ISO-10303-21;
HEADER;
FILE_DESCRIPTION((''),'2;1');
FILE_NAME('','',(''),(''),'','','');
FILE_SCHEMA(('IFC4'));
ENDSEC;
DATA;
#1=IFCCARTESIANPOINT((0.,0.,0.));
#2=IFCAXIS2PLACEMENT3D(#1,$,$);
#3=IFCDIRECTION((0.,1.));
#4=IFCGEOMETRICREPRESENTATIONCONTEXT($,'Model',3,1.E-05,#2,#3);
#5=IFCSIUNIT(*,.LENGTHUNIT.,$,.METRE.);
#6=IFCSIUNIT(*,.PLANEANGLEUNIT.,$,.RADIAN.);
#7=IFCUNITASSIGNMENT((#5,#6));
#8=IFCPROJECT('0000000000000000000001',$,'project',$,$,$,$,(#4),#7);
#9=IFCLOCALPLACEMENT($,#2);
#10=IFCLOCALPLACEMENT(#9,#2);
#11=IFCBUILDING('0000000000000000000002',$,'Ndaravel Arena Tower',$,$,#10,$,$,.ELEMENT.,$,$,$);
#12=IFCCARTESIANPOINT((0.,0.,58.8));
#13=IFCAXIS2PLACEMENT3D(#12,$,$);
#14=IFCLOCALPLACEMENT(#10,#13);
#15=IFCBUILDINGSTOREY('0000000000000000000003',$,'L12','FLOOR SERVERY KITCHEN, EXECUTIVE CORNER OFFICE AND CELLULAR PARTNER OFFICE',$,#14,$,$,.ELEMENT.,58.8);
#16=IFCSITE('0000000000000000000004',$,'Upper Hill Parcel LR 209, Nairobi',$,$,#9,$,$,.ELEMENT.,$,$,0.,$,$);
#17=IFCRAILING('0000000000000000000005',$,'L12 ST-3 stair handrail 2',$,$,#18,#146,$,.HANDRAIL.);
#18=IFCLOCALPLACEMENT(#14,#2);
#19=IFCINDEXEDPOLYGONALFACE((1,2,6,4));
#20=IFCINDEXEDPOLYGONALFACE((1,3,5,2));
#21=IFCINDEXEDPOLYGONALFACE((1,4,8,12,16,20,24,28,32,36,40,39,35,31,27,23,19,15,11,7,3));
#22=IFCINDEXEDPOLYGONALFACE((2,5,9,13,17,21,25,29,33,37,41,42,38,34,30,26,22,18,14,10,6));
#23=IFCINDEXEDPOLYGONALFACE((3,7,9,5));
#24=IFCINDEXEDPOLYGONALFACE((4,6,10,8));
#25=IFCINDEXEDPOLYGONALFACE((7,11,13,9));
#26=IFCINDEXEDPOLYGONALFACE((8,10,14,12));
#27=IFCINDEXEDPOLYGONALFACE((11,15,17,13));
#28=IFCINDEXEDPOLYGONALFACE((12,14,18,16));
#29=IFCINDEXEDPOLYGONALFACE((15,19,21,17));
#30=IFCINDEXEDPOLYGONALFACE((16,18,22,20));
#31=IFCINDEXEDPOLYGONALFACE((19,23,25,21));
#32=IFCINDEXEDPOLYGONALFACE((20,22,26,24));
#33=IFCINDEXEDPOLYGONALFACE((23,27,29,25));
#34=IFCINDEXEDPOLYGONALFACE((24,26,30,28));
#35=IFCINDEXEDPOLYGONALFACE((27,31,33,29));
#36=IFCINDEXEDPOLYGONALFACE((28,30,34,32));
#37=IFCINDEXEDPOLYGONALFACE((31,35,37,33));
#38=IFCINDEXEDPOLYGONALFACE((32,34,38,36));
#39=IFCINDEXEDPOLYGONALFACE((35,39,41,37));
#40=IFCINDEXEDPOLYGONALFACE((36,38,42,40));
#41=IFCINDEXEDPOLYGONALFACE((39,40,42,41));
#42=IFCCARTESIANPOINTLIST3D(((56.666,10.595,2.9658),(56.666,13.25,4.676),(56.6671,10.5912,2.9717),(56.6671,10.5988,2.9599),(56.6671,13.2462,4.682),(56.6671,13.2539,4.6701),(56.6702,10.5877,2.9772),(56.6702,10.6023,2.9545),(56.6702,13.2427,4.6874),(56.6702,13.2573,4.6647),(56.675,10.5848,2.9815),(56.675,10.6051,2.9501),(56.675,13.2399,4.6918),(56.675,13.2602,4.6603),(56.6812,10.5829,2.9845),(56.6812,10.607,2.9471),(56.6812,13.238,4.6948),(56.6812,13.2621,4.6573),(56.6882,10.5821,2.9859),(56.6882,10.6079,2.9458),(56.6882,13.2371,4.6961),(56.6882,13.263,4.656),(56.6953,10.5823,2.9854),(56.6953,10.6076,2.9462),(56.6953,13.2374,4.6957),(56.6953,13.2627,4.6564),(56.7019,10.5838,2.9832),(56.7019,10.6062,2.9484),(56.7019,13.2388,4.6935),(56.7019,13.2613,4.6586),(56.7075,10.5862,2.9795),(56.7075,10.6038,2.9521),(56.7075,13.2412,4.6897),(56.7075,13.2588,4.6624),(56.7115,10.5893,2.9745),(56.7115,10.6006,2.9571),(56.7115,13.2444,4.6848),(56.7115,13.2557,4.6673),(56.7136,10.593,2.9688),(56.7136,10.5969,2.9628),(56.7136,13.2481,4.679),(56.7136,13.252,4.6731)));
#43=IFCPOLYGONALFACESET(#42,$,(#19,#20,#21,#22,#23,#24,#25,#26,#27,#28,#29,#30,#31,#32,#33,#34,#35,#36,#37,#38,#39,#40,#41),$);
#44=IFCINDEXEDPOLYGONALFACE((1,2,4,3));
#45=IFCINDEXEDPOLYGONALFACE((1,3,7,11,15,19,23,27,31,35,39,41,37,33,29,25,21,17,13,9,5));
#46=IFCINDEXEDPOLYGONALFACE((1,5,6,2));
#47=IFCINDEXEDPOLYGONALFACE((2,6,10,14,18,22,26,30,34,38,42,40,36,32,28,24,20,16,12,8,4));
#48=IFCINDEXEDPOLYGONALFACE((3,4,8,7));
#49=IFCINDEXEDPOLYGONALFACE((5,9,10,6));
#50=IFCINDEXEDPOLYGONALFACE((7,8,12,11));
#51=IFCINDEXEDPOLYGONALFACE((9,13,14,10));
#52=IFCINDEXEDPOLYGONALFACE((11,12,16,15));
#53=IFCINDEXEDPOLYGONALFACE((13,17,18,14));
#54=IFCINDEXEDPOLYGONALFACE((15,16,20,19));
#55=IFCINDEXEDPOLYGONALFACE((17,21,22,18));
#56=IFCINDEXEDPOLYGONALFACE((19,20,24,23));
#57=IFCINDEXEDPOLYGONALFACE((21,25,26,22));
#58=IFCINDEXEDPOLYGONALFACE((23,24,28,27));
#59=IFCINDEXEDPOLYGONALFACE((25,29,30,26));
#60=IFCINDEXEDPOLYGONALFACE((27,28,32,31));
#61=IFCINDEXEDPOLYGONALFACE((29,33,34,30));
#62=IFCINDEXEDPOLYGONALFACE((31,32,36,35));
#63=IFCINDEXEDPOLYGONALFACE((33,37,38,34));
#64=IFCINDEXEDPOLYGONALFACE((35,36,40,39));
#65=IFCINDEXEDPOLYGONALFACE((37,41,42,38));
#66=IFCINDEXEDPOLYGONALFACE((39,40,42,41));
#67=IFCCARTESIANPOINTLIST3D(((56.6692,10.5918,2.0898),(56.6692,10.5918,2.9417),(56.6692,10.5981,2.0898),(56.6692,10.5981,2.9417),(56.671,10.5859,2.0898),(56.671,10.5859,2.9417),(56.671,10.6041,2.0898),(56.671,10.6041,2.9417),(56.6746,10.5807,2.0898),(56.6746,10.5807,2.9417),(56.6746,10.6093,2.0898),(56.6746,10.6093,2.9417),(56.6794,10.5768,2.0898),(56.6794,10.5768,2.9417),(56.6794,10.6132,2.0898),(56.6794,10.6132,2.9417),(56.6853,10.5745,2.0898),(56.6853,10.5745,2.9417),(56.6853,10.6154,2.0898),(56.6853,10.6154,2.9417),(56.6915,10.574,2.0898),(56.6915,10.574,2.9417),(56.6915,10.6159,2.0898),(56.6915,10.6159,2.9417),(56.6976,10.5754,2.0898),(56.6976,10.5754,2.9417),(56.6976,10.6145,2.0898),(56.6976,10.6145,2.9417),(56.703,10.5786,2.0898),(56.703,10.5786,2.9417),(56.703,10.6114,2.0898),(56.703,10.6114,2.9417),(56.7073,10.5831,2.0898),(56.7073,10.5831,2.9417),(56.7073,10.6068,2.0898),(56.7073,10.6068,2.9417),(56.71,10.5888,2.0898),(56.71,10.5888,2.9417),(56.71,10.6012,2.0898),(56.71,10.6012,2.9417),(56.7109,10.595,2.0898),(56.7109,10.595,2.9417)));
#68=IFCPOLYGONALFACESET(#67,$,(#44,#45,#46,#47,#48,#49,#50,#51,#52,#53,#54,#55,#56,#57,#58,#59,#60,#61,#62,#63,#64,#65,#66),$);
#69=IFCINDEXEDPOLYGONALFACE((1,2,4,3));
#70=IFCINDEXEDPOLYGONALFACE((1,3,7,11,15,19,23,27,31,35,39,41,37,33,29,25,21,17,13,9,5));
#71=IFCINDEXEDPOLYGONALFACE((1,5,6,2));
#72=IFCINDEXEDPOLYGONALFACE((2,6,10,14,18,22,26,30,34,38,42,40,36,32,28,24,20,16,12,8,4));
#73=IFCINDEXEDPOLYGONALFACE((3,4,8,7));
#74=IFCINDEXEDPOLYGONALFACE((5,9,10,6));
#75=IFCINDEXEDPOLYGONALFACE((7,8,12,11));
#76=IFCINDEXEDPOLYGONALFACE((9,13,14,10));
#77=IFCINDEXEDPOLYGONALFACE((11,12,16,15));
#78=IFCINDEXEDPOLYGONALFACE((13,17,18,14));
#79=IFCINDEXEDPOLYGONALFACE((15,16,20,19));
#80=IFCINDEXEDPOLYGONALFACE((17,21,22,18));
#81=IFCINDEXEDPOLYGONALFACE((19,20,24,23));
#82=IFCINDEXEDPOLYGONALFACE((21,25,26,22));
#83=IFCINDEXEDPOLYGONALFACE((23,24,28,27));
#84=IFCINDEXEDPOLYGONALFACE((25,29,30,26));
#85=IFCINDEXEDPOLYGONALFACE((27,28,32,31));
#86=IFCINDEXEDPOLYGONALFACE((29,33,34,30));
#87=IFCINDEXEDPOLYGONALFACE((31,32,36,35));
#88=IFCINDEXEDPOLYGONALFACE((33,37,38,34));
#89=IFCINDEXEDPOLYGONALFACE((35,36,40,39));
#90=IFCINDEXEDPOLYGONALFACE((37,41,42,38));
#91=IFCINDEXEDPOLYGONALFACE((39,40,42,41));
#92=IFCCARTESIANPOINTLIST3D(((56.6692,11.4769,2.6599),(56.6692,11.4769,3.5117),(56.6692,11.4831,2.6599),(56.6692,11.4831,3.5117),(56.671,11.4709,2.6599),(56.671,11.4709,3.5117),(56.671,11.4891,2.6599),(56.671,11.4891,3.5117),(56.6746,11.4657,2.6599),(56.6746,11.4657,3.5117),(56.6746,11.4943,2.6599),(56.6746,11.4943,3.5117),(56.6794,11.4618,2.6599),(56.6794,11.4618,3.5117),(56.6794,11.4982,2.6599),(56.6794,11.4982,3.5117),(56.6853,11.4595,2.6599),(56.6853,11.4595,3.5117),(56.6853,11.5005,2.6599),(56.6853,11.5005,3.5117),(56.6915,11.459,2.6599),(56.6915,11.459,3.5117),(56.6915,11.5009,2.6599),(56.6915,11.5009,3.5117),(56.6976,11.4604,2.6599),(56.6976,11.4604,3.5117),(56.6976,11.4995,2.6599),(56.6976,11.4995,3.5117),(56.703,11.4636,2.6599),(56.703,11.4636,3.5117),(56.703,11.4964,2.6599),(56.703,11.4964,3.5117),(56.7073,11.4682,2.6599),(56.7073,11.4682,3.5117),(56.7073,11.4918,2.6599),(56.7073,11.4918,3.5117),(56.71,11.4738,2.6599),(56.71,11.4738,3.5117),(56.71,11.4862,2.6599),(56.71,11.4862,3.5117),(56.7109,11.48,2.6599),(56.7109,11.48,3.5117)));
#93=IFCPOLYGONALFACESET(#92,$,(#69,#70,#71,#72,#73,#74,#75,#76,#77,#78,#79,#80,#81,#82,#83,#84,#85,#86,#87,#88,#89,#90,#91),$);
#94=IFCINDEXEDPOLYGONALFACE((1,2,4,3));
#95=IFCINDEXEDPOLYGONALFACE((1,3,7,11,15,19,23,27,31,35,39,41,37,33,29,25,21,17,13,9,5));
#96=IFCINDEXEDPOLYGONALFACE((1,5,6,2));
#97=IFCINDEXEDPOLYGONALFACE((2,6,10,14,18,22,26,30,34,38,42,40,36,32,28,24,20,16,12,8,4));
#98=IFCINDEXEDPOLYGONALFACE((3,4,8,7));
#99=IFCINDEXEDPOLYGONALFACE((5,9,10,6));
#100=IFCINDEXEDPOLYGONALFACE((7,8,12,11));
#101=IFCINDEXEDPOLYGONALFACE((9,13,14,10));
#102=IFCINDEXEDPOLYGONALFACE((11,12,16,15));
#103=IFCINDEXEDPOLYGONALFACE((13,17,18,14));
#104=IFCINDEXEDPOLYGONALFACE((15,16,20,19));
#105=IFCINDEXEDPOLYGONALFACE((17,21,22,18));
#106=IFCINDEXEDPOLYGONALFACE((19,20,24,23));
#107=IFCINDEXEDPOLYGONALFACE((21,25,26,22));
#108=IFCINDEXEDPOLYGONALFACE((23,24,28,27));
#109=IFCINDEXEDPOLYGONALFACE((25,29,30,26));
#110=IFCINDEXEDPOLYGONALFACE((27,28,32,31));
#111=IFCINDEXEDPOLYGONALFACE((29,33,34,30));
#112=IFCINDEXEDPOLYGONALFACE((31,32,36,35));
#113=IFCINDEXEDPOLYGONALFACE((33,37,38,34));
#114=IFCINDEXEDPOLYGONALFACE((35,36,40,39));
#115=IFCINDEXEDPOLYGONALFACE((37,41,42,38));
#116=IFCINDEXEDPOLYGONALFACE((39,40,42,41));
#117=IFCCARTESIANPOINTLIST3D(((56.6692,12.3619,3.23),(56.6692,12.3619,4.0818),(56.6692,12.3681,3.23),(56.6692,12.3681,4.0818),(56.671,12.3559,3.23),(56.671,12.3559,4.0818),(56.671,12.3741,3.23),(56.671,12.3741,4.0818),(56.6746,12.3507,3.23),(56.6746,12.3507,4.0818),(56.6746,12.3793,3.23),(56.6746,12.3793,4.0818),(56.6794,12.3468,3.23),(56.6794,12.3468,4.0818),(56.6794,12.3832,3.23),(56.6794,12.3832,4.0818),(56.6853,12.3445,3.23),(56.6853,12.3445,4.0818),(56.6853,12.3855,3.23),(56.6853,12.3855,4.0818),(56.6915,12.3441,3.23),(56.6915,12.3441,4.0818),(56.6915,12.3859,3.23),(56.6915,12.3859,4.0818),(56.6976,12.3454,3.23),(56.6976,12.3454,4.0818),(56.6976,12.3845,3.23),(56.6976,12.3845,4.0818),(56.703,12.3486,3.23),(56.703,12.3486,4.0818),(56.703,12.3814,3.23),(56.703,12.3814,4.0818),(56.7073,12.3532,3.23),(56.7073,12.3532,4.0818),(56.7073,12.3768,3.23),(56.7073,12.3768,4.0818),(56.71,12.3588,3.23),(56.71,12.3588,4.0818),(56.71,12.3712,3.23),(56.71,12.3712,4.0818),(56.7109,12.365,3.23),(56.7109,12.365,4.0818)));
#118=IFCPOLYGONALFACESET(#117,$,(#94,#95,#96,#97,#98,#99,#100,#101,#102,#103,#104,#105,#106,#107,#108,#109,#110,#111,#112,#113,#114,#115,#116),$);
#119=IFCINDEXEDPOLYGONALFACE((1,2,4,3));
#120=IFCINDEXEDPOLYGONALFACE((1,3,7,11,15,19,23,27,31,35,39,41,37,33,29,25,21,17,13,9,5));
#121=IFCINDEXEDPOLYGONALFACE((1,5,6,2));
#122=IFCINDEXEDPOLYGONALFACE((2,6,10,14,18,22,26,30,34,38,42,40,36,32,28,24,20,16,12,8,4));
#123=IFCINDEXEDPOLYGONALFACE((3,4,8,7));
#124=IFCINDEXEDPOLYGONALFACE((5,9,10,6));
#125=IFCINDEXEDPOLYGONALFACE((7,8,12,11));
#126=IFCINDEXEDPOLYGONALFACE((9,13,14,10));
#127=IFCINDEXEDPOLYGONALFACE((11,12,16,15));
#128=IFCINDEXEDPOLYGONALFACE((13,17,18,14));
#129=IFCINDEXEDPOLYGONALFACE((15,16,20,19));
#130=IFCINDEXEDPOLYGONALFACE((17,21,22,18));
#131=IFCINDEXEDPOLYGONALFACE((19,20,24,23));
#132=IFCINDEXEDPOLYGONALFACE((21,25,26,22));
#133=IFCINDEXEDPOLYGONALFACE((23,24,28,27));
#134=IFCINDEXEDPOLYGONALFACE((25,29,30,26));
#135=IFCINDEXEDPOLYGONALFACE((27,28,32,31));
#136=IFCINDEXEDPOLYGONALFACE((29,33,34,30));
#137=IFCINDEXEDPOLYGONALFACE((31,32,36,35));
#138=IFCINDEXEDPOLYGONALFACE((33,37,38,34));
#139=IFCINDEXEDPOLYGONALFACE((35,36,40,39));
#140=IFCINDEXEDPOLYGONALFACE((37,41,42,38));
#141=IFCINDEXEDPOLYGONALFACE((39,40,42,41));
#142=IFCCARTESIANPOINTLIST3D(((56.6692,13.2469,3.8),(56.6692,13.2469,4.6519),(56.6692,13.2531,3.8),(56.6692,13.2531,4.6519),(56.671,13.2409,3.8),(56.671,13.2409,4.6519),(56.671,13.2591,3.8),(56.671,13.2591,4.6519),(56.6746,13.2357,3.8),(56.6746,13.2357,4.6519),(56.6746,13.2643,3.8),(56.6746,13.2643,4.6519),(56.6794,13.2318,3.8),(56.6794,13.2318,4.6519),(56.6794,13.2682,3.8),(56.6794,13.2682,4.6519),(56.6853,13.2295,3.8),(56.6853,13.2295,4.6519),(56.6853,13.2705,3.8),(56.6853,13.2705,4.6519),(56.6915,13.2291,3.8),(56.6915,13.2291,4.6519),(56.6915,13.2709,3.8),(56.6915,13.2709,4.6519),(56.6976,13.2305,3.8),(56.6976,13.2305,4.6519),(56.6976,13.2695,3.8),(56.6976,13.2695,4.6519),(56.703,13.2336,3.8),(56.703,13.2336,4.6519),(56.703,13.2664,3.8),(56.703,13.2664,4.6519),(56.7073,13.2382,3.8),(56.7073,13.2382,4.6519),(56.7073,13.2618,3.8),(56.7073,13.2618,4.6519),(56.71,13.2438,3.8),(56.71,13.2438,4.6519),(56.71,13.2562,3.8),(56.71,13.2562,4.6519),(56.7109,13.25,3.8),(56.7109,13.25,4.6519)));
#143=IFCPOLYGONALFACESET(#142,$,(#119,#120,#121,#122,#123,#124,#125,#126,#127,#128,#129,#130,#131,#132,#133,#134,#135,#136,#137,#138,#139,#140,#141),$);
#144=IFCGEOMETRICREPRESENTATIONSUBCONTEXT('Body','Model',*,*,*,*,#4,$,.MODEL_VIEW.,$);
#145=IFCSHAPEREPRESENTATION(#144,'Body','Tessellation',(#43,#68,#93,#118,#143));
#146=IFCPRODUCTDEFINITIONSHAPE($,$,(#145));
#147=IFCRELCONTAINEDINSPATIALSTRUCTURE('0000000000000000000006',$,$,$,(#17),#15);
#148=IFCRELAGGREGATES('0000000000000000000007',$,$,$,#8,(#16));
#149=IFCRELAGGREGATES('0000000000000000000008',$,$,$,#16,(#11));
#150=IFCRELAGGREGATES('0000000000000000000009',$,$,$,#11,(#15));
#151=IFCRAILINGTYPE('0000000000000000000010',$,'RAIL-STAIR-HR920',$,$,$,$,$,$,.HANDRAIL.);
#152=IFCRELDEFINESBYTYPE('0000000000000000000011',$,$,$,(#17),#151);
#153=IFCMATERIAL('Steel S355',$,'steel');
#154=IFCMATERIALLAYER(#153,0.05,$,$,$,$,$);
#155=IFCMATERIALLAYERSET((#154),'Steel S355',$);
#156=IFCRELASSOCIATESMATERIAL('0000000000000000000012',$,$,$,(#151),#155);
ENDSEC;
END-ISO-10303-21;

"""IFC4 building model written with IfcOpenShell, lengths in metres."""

from ifc_helpers import new_model, si_unit, direction, frame, origin, origin_2d, place, context, subcontext, project, spatial, circle, extrude, material, layer, layer_set, type_object, element, save


model = new_model("IFC4")

# Units and contexts
model_context = context("Model", 3, precision=1e-05, world=origin(), true_north=direction((0.0, 1.0)))
body_context = subcontext(model_context, "Body", "Model", "MODEL_VIEW")
ifc_project = project(units=[si_unit("LENGTHUNIT", "METRE"), si_unit("PLANEANGLEUNIT", "RADIAN")], contexts=[model_context])

# Site, building, storey
site_placement = place(None, origin())
site = spatial("IfcSite", under=ifc_project, at=site_placement, Name="Upper Hill Parcel LR 209, Nairobi", CompositionType="ELEMENT", RefElevation=0.0)
building_placement = place(site_placement, origin())
building = spatial("IfcBuilding", under=site, at=building_placement, Name="Ndaravel Arena Tower", CompositionType="ELEMENT")
storey_placement = place(building_placement, frame((0.0, 0.0, 58.8)))
storey = spatial("IfcBuildingStorey", under=building, at=storey_placement, Name="L12", Description="FLOOR SERVERY KITCHEN, EXECUTIVE CORNER OFFICE AND CELLULAR PARTNER OFFICE", CompositionType="ELEMENT", Elevation=58.8)

# Railing
ifc_material_1 = material(Name="Steel S355", Category="steel")
ifc_layer_1 = layer(ifc_material_1, 0.05)
ifc_layer_set_1 = layer_set([ifc_layer_1], Name="Steel S355")
railing_type_1 = type_object("IfcRailingType", Name="RAIL-STAIR-HR920", PredefinedType="HANDRAIL", material=ifc_layer_set_1)
railing_1_placement = place(storey_placement, frame((56.6899, 10.595, 2.0898)))
element("IfcRailing", 1, at=railing_1_placement, inside=storey, type_object=railing_type_1, Name="L12 ST-3 stair handrail 2", PredefinedType="HANDRAIL", context=body_context, shape_type="SweptSolid", body=[
    extrude(circle(Radius=0.0239, at=origin_2d()), frame((0.0, 0.0, 0.876), z_axis=(0.0, 0.840688, 0.541519), x_axis=(-1.0, 0.0, 0.0)), (0.0, 0.0, 1.0), 3.1582),
    extrude(circle(Radius=0.021, at=origin_2d()), origin(), (0.0, 0.0, 1.0), 0.8518),
    extrude(circle(Radius=0.021, at=origin_2d()), frame((0.0, 0.885, 0.5701)), (0.0, 0.0, 1.0), 0.8518),
    extrude(circle(Radius=0.021, at=origin_2d()), frame((0.0, 1.77, 1.1401)), (0.0, 0.0, 1.0), 0.8518),
    extrude(circle(Radius=0.021, at=origin_2d()), frame((0.0, 2.655, 1.7102)), (0.0, 0.0, 1.0), 0.8518),
])

save(model, "model.ifc")
